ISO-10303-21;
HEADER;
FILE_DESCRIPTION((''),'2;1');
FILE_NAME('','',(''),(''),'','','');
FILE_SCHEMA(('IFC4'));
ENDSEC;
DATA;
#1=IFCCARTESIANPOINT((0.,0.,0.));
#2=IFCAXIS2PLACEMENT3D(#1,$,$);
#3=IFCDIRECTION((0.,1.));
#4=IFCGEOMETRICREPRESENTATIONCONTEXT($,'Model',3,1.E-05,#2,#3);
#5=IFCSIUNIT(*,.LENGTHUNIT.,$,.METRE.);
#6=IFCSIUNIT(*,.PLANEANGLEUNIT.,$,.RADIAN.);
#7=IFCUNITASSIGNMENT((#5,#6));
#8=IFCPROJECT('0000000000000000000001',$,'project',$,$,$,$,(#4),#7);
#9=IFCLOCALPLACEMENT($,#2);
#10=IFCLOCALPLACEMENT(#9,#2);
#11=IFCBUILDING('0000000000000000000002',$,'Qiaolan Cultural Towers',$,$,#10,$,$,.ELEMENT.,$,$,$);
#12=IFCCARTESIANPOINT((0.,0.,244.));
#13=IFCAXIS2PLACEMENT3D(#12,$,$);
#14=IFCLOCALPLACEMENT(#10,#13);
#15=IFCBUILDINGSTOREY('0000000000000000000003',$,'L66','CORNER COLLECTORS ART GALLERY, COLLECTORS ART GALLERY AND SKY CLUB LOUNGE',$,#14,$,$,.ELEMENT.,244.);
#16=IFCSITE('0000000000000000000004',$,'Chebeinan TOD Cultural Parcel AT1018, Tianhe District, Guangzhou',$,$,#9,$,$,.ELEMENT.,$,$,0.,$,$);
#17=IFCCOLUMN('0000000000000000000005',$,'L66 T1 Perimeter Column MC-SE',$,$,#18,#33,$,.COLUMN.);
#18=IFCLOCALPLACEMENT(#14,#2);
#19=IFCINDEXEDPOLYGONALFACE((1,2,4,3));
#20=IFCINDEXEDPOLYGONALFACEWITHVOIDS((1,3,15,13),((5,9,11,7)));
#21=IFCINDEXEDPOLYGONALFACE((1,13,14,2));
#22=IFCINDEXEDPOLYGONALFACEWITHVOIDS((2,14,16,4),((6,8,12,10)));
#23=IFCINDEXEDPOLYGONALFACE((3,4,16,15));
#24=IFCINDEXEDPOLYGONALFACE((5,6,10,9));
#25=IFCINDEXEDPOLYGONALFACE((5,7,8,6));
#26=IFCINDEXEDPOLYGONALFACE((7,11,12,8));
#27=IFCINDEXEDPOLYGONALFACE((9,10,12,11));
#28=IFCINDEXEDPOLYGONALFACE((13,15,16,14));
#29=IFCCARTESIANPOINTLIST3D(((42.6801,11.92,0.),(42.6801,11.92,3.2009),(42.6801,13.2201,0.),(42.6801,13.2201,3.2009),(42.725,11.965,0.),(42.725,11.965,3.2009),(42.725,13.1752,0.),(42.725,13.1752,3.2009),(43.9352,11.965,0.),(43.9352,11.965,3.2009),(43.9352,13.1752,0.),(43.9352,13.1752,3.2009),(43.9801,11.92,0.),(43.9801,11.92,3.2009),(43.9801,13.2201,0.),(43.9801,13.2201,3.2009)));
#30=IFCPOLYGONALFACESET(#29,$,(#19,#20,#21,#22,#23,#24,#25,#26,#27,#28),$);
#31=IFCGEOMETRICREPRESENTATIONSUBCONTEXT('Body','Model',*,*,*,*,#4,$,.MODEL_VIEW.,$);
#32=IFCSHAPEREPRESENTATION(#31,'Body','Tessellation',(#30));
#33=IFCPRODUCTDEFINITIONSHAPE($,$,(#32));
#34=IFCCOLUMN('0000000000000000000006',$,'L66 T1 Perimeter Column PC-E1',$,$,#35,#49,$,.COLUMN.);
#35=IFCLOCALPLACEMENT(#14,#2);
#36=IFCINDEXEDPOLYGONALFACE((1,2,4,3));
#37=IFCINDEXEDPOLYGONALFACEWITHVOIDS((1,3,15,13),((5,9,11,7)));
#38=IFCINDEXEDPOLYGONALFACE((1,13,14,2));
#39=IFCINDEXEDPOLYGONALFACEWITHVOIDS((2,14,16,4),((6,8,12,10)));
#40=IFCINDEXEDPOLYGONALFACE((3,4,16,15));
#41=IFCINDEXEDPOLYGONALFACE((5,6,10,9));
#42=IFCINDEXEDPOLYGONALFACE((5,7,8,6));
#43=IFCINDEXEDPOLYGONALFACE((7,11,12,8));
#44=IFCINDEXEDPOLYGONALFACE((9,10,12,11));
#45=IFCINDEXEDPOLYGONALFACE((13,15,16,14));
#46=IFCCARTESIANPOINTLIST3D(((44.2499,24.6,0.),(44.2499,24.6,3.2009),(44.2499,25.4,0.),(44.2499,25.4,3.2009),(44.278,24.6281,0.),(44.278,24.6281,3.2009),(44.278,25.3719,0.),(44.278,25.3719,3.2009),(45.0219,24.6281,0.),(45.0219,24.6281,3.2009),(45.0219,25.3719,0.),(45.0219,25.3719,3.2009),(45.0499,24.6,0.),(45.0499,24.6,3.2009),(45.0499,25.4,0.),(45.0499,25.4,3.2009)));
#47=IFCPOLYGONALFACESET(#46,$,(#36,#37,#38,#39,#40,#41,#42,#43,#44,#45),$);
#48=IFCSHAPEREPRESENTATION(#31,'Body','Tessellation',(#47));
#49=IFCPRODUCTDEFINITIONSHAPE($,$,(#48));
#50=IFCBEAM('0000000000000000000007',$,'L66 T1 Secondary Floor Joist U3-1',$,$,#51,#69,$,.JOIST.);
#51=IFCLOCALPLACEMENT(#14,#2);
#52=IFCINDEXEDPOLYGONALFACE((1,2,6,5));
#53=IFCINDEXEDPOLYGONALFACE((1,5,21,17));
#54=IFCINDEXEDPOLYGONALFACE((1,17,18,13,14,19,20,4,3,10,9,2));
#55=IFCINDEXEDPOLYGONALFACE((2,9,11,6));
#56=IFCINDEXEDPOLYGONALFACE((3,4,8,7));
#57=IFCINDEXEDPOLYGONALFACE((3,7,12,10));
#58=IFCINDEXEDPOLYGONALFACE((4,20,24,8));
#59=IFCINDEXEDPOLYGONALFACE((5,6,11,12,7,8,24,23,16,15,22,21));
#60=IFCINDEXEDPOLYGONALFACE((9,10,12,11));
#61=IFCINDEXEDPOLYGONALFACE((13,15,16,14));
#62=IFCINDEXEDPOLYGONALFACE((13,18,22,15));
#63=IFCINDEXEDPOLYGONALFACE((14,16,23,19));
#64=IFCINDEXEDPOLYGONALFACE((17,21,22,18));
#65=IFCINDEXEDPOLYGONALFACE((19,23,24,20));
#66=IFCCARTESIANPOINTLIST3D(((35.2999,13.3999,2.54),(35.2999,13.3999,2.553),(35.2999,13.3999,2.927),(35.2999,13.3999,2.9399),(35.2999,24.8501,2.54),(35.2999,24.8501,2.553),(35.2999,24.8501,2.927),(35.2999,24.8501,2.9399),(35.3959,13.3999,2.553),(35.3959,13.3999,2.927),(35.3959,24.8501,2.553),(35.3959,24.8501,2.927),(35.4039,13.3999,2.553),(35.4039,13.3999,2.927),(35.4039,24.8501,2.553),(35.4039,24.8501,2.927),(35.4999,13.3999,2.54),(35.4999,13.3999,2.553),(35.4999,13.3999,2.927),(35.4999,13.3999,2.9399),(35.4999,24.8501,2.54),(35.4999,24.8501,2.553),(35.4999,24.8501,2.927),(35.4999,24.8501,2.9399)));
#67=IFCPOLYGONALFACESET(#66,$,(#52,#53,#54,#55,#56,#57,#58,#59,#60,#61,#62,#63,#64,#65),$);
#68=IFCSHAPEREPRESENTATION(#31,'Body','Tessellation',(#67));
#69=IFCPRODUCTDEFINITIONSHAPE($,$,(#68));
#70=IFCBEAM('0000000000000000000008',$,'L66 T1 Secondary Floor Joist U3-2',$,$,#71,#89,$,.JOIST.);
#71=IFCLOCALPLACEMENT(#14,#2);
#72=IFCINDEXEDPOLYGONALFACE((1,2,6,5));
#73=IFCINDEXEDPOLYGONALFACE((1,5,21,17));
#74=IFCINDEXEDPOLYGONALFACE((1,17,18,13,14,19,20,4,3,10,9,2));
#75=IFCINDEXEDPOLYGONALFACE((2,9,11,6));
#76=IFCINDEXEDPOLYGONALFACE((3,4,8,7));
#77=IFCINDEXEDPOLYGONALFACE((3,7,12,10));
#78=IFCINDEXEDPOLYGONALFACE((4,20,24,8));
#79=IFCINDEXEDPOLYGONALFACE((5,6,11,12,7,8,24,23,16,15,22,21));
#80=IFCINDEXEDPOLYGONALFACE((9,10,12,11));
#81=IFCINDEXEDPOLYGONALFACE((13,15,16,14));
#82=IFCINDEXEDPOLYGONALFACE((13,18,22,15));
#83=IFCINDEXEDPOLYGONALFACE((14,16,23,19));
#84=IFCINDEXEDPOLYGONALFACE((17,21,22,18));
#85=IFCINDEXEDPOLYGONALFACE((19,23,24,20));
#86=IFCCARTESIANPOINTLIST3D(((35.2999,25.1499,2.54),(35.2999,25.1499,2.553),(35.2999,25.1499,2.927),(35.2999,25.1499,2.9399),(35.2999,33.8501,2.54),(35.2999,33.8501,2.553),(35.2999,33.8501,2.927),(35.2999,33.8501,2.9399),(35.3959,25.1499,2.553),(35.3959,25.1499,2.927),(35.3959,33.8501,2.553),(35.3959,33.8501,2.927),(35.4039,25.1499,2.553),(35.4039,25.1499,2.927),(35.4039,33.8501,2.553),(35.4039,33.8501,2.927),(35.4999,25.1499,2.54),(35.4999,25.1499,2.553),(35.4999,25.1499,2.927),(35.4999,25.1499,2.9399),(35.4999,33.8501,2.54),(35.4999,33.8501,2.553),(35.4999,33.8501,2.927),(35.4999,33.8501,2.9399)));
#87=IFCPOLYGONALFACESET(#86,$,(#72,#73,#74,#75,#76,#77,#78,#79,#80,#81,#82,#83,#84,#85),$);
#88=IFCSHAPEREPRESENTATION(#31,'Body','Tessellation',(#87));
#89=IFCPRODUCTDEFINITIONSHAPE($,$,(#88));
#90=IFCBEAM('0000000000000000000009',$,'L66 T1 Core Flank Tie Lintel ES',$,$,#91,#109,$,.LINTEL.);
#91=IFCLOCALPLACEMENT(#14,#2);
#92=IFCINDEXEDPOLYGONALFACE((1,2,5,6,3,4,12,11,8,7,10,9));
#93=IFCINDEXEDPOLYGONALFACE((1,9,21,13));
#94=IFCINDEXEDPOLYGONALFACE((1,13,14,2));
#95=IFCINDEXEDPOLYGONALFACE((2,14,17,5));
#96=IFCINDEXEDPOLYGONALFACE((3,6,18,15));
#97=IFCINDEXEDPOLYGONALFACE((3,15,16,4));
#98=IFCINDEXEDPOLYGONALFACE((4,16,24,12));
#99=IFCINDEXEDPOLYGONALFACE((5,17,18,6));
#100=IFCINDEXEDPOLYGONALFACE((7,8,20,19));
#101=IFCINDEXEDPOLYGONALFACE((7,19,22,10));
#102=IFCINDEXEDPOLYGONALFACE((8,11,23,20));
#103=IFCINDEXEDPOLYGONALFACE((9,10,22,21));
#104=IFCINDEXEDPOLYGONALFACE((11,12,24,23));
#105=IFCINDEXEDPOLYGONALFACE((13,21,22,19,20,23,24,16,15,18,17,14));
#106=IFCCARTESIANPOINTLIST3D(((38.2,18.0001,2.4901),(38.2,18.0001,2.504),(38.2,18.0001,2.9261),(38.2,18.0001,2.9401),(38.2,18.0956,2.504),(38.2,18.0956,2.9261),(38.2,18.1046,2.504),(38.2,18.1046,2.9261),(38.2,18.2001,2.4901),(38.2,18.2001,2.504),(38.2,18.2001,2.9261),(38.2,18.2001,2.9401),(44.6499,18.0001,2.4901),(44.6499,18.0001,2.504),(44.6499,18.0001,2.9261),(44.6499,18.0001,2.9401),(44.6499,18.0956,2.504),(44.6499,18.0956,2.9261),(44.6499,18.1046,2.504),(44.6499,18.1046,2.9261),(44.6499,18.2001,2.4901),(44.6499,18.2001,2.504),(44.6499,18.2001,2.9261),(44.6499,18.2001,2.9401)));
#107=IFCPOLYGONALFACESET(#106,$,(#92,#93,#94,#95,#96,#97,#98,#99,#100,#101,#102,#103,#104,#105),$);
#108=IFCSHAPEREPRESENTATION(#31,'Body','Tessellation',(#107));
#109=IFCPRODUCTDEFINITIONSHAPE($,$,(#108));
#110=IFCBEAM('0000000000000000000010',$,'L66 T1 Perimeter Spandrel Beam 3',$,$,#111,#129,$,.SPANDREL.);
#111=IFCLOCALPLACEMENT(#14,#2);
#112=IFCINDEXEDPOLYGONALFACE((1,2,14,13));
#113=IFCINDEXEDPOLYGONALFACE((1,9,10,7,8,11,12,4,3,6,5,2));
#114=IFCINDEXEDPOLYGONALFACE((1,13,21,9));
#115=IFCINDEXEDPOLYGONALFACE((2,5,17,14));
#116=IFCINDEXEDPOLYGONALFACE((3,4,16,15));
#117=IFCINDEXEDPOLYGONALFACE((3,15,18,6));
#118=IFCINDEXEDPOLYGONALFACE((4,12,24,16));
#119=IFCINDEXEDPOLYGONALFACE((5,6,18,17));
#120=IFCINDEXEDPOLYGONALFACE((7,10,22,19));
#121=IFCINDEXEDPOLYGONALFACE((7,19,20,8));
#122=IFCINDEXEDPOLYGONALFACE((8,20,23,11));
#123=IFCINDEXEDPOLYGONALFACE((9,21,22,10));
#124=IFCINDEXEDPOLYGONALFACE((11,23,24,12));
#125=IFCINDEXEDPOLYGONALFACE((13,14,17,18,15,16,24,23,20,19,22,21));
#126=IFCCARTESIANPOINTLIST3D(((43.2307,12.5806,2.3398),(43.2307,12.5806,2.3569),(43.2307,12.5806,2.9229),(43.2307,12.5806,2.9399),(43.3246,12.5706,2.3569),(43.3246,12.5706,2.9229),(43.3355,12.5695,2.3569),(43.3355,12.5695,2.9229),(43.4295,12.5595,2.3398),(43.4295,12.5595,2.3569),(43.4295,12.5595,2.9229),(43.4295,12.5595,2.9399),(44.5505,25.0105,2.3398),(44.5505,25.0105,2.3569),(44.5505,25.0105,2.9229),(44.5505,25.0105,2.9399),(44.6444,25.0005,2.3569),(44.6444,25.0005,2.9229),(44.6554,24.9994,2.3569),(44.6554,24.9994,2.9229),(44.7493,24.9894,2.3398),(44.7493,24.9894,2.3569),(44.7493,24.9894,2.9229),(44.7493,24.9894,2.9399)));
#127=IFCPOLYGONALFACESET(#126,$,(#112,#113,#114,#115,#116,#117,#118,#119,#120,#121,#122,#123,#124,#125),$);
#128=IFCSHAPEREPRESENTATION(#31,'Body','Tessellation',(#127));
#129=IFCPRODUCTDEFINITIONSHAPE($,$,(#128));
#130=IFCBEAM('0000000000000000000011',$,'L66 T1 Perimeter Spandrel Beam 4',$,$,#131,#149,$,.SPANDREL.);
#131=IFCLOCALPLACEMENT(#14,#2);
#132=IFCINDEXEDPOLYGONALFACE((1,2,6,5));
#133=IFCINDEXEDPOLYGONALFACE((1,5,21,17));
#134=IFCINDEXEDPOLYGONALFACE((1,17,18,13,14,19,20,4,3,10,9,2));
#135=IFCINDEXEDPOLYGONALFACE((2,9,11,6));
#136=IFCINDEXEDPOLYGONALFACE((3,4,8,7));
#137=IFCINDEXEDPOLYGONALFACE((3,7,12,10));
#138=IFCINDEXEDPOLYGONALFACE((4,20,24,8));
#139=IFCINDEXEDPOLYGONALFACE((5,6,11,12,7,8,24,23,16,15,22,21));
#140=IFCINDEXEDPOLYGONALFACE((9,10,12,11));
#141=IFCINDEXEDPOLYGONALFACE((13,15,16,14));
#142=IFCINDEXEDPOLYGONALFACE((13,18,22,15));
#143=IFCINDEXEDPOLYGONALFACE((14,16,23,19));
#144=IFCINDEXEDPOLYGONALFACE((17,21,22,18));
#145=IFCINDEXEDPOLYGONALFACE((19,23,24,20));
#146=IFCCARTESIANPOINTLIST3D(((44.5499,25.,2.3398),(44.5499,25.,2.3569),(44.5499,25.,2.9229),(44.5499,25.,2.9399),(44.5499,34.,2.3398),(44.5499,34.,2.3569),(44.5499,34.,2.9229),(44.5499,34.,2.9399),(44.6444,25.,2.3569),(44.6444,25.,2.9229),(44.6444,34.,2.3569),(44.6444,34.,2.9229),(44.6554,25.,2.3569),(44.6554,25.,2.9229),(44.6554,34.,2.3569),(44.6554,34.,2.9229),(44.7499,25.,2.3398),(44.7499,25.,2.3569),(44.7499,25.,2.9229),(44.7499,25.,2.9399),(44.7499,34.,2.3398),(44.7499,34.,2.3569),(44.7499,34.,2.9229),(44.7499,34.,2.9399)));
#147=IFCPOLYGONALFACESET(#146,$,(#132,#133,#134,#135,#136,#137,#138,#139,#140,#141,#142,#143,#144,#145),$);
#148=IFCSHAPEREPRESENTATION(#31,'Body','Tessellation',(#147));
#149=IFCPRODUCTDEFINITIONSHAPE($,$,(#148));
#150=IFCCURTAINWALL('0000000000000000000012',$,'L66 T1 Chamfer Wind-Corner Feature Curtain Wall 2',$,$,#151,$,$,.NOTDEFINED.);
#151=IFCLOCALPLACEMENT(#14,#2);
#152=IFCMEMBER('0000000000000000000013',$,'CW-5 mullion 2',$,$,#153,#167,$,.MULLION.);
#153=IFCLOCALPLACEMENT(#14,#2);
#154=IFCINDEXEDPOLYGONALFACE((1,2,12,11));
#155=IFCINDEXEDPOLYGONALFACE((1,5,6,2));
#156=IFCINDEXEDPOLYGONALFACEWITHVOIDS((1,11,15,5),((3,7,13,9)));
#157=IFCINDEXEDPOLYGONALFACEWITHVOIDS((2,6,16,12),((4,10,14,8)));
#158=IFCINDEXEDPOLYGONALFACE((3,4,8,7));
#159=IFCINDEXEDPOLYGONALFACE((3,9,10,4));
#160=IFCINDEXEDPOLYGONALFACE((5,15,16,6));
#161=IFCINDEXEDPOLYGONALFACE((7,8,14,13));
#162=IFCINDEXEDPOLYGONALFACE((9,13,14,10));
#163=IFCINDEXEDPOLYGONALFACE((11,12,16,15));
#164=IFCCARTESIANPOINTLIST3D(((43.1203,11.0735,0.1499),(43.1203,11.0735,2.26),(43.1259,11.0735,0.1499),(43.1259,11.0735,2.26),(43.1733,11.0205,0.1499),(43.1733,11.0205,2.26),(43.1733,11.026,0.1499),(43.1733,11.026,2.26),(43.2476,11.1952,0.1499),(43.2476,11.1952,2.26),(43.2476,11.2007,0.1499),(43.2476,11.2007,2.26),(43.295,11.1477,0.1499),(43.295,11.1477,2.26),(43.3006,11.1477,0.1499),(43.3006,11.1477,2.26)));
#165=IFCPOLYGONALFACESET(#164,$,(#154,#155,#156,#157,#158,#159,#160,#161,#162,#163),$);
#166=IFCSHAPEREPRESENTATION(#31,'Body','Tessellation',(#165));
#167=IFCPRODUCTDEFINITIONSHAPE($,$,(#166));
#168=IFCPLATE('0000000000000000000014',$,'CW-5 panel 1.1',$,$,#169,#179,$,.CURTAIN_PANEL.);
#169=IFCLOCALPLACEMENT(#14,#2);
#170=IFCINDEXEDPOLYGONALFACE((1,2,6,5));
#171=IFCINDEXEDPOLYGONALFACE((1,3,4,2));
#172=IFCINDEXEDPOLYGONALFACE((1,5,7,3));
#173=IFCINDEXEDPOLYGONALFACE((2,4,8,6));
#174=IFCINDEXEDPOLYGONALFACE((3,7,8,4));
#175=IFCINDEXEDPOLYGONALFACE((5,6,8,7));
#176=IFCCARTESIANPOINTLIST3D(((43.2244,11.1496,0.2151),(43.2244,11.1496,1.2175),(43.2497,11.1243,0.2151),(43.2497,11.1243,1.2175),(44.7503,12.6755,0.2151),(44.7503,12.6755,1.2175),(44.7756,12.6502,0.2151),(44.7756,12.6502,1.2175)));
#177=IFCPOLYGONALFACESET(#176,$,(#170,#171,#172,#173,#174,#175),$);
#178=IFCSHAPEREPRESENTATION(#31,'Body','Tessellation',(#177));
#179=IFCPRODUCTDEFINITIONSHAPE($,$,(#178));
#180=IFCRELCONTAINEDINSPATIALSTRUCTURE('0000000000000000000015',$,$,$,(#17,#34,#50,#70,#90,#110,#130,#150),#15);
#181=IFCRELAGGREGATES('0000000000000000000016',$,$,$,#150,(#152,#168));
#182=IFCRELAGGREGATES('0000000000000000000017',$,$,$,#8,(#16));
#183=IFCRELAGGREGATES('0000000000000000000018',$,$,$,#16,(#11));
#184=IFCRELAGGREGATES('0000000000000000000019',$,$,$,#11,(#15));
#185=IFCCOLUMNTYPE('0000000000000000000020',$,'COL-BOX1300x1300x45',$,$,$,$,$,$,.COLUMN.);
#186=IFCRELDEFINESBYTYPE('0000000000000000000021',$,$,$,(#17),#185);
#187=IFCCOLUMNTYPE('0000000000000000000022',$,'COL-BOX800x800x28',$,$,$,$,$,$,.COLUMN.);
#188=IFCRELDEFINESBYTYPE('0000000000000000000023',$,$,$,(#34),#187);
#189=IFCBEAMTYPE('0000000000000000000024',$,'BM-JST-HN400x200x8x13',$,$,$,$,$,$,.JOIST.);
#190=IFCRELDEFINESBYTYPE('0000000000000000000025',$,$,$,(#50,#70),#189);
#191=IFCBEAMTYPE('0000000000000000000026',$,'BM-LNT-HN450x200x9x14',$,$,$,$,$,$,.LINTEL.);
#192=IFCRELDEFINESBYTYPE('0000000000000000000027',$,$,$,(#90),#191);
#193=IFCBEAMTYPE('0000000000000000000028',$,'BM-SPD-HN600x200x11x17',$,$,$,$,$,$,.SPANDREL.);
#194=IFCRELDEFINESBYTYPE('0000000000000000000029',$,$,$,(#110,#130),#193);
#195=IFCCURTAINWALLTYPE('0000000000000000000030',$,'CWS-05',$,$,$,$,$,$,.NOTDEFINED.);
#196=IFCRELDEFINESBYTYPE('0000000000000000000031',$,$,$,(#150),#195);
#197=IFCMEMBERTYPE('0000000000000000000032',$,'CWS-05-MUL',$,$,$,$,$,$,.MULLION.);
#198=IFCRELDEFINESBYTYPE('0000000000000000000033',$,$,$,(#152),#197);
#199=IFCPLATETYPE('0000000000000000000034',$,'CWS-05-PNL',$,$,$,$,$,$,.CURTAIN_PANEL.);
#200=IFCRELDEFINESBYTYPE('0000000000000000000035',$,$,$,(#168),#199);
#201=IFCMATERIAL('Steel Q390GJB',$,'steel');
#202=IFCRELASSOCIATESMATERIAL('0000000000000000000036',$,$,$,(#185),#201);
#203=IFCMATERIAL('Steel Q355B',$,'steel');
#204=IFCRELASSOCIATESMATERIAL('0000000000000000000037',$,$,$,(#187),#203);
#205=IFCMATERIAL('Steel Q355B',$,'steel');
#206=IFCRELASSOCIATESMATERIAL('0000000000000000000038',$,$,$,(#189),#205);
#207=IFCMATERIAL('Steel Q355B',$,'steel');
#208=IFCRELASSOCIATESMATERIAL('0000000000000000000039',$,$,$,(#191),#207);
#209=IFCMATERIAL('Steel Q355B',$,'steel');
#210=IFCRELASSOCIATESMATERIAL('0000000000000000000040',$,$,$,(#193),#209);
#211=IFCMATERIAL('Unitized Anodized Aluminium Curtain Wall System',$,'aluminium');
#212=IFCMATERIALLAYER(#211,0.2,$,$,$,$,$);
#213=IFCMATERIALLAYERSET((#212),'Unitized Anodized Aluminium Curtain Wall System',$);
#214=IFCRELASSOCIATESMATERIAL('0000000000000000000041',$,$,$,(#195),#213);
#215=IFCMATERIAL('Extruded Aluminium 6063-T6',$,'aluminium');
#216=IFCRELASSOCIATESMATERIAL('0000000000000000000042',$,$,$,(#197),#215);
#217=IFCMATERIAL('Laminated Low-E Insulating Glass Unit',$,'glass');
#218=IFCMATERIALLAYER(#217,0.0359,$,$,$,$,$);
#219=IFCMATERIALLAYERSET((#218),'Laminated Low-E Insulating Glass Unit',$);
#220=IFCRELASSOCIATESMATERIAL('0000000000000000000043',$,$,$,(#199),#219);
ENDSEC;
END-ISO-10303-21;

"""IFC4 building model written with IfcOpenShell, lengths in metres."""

from ifc_helpers import new_model, si_unit, direction, frame, origin, origin_2d, place, context, subcontext, project, spatial, rectangle, hollow_rectangle, i_section, extrude, material, layer, layer_set, material_profile, profile_set, type_object, element, aggregate, save


model = new_model("IFC4")

# Units and contexts
model_context = context("Model", 3, precision=1e-05, world=origin(), true_north=direction((0.0, 1.0)))
body_context = subcontext(model_context, "Body", "Model", "MODEL_VIEW")
ifc_project = project(units=[si_unit("LENGTHUNIT", "METRE"), si_unit("PLANEANGLEUNIT", "RADIAN")], contexts=[model_context])

# Site, building, storey
site_placement = place(None, origin())
site = spatial("IfcSite", under=ifc_project, at=site_placement, Name="Chebeinan TOD Cultural Parcel AT1018, Tianhe District, Guangzhou", CompositionType="ELEMENT", RefElevation=0.0)
building_placement = place(site_placement, origin())
building = spatial("IfcBuilding", under=site, at=building_placement, Name="Qiaolan Cultural Towers", CompositionType="ELEMENT")
storey_placement = place(building_placement, frame((0.0, 0.0, 244.0)))
storey = spatial("IfcBuildingStorey", under=building, at=storey_placement, Name="L66", Description="CORNER COLLECTORS ART GALLERY, COLLECTORS ART GALLERY AND SKY CLUB LOUNGE", CompositionType="ELEMENT", Elevation=244.0)

# Columns
ifc_material_1 = material(Name="Steel Q390GJB", Category="steel")
ifc_material_profile_1 = material_profile(ifc_material_1, hollow_rectangle(XDim=1.3, YDim=1.3, WallThickness=0.0449, at=origin_2d()), Name="BOX1300x1300x45")
ifc_profile_set_1 = profile_set([ifc_material_profile_1], Name="Steel Q390GJB")
column_type_1 = type_object("IfcColumnType", Name="COL-BOX1300x1300x45", PredefinedType="COLUMN", material=ifc_profile_set_1)
column_1_placement = place(storey_placement, frame((43.3301, 12.5701, 0.0), z_axis=(0.0, 0.0, 1.0), x_axis=(1.0, 0.0, 0.0)))
element("IfcColumn", 1, at=column_1_placement, inside=storey, type_object=column_type_1, Name="L66 T1 Perimeter Column MC-SE", PredefinedType="COLUMN", context=body_context, shape_type="SweptSolid", body=[
    extrude(hollow_rectangle(XDim=1.3, YDim=1.3, WallThickness=0.0449, at=origin_2d()), origin(), (0.0, 0.0, 1.0), 3.2009),
])
ifc_material_2 = material(Name="Steel Q355B", Category="steel")
ifc_material_profile_2 = material_profile(ifc_material_2, hollow_rectangle(XDim=0.8, YDim=0.8, WallThickness=0.0281, at=origin_2d()), Name="BOX800x800x28")
ifc_profile_set_2 = profile_set([ifc_material_profile_2], Name="Steel Q355B")
column_type_2 = type_object("IfcColumnType", Name="COL-BOX800x800x28", PredefinedType="COLUMN", material=ifc_profile_set_2)
column_2_placement = place(storey_placement, frame((44.6499, 25.0, 0.0), z_axis=(0.0, 0.0, 1.0), x_axis=(1.0, 0.0, 0.0)))
element("IfcColumn", 2, at=column_2_placement, inside=storey, type_object=column_type_2, Name="L66 T1 Perimeter Column PC-E1", PredefinedType="COLUMN", context=body_context, shape_type="SweptSolid", body=[
    extrude(hollow_rectangle(XDim=0.8, YDim=0.8, WallThickness=0.0281, at=origin_2d()), origin(), (0.0, 0.0, 1.0), 3.2009),
])

# Beams
ifc_material_3 = material(Name="Steel Q355B", Category="steel")
ifc_material_profile_3 = material_profile(ifc_material_3, i_section(OverallWidth=0.2, OverallDepth=0.3999, WebThickness=0.0081, FlangeThickness=0.0129, at=origin_2d()), Name="HN400x200x8x13")
ifc_profile_set_3 = profile_set([ifc_material_profile_3], Name="Steel Q355B")
beam_type_1 = type_object("IfcBeamType", Name="BM-JST-HN400x200x8x13", PredefinedType="JOIST", material=ifc_profile_set_3)
beam_1_placement = place(storey_placement, frame((35.3999, 13.3999, 2.74), z_axis=(0.0, 1.0, 0.0), x_axis=(-1.0, 0.0, 0.0)))
element("IfcBeam", 3, at=beam_1_placement, inside=storey, type_object=beam_type_1, Name="L66 T1 Secondary Floor Joist U3-1", PredefinedType="JOIST", context=body_context, shape_type="SweptSolid", body=[
    extrude(i_section(OverallWidth=0.2, OverallDepth=0.3999, WebThickness=0.0081, FlangeThickness=0.0129, at=origin_2d()), origin(), (0.0, 0.0, 1.0), 11.4502),
])
beam_2_placement = place(storey_placement, frame((35.3999, 25.1499, 2.74), z_axis=(0.0, 1.0, 0.0), x_axis=(-1.0, 0.0, 0.0)))
element("IfcBeam", 4, at=beam_2_placement, inside=storey, type_object=beam_type_1, Name="L66 T1 Secondary Floor Joist U3-2", PredefinedType="JOIST", context=body_context, shape_type="SweptSolid", body=[
    extrude(i_section(OverallWidth=0.2, OverallDepth=0.3999, WebThickness=0.0081, FlangeThickness=0.0129, at=origin_2d()), origin(), (0.0, 0.0, 1.0), 8.7002),
])
ifc_material_4 = material(Name="Steel Q355B", Category="steel")
ifc_material_profile_4 = material_profile(ifc_material_4, i_section(OverallWidth=0.2, OverallDepth=0.45, WebThickness=0.009, FlangeThickness=0.0139, at=origin_2d()), Name="HN450x200x9x14")
ifc_profile_set_4 = profile_set([ifc_material_profile_4], Name="Steel Q355B")
beam_type_2 = type_object("IfcBeamType", Name="BM-LNT-HN450x200x9x14", PredefinedType="LINTEL", material=ifc_profile_set_4)
beam_3_placement = place(storey_placement, frame((38.2, 18.1001, 2.7151), z_axis=(1.0, 0.0, 0.0), x_axis=(0.0, 1.0, 0.0)))
element("IfcBeam", 5, at=beam_3_placement, inside=storey, type_object=beam_type_2, Name="L66 T1 Core Flank Tie Lintel ES", PredefinedType="LINTEL", context=body_context, shape_type="SweptSolid", body=[
    extrude(i_section(OverallWidth=0.2, OverallDepth=0.45, WebThickness=0.009, FlangeThickness=0.0139, at=origin_2d()), origin(), (0.0, 0.0, 1.0), 6.45),
])
ifc_material_5 = material(Name="Steel Q355B", Category="steel")
ifc_material_profile_5 = material_profile(ifc_material_5, i_section(OverallWidth=0.2, OverallDepth=0.6001, WebThickness=0.011, FlangeThickness=0.0171, at=origin_2d()), Name="HN600x200x11x17")
ifc_profile_set_5 = profile_set([ifc_material_profile_5], Name="Steel Q355B")
beam_type_3 = type_object("IfcBeamType", Name="BM-SPD-HN600x200x11x17", PredefinedType="SPANDREL", material=ifc_profile_set_5)
beam_4_placement = place(storey_placement, frame((43.3301, 12.5701, 2.6399), z_axis=(0.105588, 0.99441, 0.0), x_axis=(-0.99441, 0.105588, 0.0)))
element("IfcBeam", 6, at=beam_4_placement, inside=storey, type_object=beam_type_3, Name="L66 T1 Perimeter Spandrel Beam 3", PredefinedType="SPANDREL", context=body_context, shape_type="SweptSolid", body=[
    extrude(i_section(OverallWidth=0.2, OverallDepth=0.6001, WebThickness=0.011, FlangeThickness=0.0171, at=origin_2d()), origin(), (0.0, 0.0, 1.0), 12.4998),
])
beam_5_placement = place(storey_placement, frame((44.6499, 25.0, 2.6399), z_axis=(0.0, 1.0, 0.0), x_axis=(-1.0, 0.0, 0.0)))
element("IfcBeam", 7, at=beam_5_placement, inside=storey, type_object=beam_type_3, Name="L66 T1 Perimeter Spandrel Beam 4", PredefinedType="SPANDREL", context=body_context, shape_type="SweptSolid", body=[
    extrude(i_section(OverallWidth=0.2, OverallDepth=0.6001, WebThickness=0.011, FlangeThickness=0.0171, at=origin_2d()), origin(), (0.0, 0.0, 1.0), 9.0),
])

# Curtain wall, member, plate
ifc_material_6 = material(Name="Unitized Anodized Aluminium Curtain Wall System", Category="aluminium")
ifc_layer_1 = layer(ifc_material_6, 0.2)
ifc_layer_set_1 = layer_set([ifc_layer_1], Name="Unitized Anodized Aluminium Curtain Wall System")
curtain_wall_type = type_object("IfcCurtainWallType", Name="CWS-05", PredefinedType="NOTDEFINED", material=ifc_layer_set_1)
curtain_wall_placement = place(storey_placement, origin())
curtain_wall = element("IfcCurtainWall", 8, at=curtain_wall_placement, inside=storey, type_object=curtain_wall_type, Name="L66 T1 Chamfer Wind-Corner Feature Curtain Wall 2", PredefinedType="NOTDEFINED")
ifc_material_7 = material(Name="Extruded Aluminium 6063-T6", Category="aluminium")
ifc_material_profile_6 = material_profile(ifc_material_7, hollow_rectangle(XDim=0.075, YDim=0.1799, WallThickness=0.0039, at=origin_2d()), Name="CWM-180x75x4")
ifc_profile_set_6 = profile_set([ifc_material_profile_6], Name="Extruded Aluminium 6063-T6")
member_type = type_object("IfcMemberType", Name="CWS-05-MUL", PredefinedType="MULLION", material=ifc_profile_set_6)
member_placement = place(storey_placement, frame((43.2104, 11.1106, 0.1499), z_axis=(0.0, 0.0, 1.0), x_axis=(0.707107, -0.707107, 0.0)))
member = element("IfcMember", 9, at=member_placement, type_object=member_type, Name="CW-5 mullion 2", PredefinedType="MULLION", context=body_context, shape_type="SweptSolid", body=[
    extrude(hollow_rectangle(XDim=0.075, YDim=0.1799, WallThickness=0.0039, at=origin_2d()), origin(), (0.0, 0.0, 1.0), 2.1101),
])
ifc_material_8 = material(Name="Laminated Low-E Insulating Glass Unit", Category="glass")
ifc_layer_2 = layer(ifc_material_8, 0.0359)
ifc_layer_set_2 = layer_set([ifc_layer_2], Name="Laminated Low-E Insulating Glass Unit")
plate_type = type_object("IfcPlateType", Name="CWS-05-PNL", PredefinedType="CURTAIN_PANEL", material=ifc_layer_set_2)
plate_1_placement = place(storey_placement, frame((44.0, 11.8999, 0.2151), z_axis=(0.0, 0.0, 1.0), x_axis=(-0.707107, -0.707107, 0.0)))
plate_1 = element("IfcPlate", 10, at=plate_1_placement, type_object=plate_type, Name="CW-5 panel 1.1", PredefinedType="CURTAIN_PANEL", context=body_context, shape_type="SweptSolid", body=[
    extrude(rectangle(XDim=2.158, YDim=0.0359, at=origin_2d()), origin(), (0.0, 0.0, 1.0), 1.0024),
])
aggregate(curtain_wall, [member, plate_1])

save(model, "model.ifc")
